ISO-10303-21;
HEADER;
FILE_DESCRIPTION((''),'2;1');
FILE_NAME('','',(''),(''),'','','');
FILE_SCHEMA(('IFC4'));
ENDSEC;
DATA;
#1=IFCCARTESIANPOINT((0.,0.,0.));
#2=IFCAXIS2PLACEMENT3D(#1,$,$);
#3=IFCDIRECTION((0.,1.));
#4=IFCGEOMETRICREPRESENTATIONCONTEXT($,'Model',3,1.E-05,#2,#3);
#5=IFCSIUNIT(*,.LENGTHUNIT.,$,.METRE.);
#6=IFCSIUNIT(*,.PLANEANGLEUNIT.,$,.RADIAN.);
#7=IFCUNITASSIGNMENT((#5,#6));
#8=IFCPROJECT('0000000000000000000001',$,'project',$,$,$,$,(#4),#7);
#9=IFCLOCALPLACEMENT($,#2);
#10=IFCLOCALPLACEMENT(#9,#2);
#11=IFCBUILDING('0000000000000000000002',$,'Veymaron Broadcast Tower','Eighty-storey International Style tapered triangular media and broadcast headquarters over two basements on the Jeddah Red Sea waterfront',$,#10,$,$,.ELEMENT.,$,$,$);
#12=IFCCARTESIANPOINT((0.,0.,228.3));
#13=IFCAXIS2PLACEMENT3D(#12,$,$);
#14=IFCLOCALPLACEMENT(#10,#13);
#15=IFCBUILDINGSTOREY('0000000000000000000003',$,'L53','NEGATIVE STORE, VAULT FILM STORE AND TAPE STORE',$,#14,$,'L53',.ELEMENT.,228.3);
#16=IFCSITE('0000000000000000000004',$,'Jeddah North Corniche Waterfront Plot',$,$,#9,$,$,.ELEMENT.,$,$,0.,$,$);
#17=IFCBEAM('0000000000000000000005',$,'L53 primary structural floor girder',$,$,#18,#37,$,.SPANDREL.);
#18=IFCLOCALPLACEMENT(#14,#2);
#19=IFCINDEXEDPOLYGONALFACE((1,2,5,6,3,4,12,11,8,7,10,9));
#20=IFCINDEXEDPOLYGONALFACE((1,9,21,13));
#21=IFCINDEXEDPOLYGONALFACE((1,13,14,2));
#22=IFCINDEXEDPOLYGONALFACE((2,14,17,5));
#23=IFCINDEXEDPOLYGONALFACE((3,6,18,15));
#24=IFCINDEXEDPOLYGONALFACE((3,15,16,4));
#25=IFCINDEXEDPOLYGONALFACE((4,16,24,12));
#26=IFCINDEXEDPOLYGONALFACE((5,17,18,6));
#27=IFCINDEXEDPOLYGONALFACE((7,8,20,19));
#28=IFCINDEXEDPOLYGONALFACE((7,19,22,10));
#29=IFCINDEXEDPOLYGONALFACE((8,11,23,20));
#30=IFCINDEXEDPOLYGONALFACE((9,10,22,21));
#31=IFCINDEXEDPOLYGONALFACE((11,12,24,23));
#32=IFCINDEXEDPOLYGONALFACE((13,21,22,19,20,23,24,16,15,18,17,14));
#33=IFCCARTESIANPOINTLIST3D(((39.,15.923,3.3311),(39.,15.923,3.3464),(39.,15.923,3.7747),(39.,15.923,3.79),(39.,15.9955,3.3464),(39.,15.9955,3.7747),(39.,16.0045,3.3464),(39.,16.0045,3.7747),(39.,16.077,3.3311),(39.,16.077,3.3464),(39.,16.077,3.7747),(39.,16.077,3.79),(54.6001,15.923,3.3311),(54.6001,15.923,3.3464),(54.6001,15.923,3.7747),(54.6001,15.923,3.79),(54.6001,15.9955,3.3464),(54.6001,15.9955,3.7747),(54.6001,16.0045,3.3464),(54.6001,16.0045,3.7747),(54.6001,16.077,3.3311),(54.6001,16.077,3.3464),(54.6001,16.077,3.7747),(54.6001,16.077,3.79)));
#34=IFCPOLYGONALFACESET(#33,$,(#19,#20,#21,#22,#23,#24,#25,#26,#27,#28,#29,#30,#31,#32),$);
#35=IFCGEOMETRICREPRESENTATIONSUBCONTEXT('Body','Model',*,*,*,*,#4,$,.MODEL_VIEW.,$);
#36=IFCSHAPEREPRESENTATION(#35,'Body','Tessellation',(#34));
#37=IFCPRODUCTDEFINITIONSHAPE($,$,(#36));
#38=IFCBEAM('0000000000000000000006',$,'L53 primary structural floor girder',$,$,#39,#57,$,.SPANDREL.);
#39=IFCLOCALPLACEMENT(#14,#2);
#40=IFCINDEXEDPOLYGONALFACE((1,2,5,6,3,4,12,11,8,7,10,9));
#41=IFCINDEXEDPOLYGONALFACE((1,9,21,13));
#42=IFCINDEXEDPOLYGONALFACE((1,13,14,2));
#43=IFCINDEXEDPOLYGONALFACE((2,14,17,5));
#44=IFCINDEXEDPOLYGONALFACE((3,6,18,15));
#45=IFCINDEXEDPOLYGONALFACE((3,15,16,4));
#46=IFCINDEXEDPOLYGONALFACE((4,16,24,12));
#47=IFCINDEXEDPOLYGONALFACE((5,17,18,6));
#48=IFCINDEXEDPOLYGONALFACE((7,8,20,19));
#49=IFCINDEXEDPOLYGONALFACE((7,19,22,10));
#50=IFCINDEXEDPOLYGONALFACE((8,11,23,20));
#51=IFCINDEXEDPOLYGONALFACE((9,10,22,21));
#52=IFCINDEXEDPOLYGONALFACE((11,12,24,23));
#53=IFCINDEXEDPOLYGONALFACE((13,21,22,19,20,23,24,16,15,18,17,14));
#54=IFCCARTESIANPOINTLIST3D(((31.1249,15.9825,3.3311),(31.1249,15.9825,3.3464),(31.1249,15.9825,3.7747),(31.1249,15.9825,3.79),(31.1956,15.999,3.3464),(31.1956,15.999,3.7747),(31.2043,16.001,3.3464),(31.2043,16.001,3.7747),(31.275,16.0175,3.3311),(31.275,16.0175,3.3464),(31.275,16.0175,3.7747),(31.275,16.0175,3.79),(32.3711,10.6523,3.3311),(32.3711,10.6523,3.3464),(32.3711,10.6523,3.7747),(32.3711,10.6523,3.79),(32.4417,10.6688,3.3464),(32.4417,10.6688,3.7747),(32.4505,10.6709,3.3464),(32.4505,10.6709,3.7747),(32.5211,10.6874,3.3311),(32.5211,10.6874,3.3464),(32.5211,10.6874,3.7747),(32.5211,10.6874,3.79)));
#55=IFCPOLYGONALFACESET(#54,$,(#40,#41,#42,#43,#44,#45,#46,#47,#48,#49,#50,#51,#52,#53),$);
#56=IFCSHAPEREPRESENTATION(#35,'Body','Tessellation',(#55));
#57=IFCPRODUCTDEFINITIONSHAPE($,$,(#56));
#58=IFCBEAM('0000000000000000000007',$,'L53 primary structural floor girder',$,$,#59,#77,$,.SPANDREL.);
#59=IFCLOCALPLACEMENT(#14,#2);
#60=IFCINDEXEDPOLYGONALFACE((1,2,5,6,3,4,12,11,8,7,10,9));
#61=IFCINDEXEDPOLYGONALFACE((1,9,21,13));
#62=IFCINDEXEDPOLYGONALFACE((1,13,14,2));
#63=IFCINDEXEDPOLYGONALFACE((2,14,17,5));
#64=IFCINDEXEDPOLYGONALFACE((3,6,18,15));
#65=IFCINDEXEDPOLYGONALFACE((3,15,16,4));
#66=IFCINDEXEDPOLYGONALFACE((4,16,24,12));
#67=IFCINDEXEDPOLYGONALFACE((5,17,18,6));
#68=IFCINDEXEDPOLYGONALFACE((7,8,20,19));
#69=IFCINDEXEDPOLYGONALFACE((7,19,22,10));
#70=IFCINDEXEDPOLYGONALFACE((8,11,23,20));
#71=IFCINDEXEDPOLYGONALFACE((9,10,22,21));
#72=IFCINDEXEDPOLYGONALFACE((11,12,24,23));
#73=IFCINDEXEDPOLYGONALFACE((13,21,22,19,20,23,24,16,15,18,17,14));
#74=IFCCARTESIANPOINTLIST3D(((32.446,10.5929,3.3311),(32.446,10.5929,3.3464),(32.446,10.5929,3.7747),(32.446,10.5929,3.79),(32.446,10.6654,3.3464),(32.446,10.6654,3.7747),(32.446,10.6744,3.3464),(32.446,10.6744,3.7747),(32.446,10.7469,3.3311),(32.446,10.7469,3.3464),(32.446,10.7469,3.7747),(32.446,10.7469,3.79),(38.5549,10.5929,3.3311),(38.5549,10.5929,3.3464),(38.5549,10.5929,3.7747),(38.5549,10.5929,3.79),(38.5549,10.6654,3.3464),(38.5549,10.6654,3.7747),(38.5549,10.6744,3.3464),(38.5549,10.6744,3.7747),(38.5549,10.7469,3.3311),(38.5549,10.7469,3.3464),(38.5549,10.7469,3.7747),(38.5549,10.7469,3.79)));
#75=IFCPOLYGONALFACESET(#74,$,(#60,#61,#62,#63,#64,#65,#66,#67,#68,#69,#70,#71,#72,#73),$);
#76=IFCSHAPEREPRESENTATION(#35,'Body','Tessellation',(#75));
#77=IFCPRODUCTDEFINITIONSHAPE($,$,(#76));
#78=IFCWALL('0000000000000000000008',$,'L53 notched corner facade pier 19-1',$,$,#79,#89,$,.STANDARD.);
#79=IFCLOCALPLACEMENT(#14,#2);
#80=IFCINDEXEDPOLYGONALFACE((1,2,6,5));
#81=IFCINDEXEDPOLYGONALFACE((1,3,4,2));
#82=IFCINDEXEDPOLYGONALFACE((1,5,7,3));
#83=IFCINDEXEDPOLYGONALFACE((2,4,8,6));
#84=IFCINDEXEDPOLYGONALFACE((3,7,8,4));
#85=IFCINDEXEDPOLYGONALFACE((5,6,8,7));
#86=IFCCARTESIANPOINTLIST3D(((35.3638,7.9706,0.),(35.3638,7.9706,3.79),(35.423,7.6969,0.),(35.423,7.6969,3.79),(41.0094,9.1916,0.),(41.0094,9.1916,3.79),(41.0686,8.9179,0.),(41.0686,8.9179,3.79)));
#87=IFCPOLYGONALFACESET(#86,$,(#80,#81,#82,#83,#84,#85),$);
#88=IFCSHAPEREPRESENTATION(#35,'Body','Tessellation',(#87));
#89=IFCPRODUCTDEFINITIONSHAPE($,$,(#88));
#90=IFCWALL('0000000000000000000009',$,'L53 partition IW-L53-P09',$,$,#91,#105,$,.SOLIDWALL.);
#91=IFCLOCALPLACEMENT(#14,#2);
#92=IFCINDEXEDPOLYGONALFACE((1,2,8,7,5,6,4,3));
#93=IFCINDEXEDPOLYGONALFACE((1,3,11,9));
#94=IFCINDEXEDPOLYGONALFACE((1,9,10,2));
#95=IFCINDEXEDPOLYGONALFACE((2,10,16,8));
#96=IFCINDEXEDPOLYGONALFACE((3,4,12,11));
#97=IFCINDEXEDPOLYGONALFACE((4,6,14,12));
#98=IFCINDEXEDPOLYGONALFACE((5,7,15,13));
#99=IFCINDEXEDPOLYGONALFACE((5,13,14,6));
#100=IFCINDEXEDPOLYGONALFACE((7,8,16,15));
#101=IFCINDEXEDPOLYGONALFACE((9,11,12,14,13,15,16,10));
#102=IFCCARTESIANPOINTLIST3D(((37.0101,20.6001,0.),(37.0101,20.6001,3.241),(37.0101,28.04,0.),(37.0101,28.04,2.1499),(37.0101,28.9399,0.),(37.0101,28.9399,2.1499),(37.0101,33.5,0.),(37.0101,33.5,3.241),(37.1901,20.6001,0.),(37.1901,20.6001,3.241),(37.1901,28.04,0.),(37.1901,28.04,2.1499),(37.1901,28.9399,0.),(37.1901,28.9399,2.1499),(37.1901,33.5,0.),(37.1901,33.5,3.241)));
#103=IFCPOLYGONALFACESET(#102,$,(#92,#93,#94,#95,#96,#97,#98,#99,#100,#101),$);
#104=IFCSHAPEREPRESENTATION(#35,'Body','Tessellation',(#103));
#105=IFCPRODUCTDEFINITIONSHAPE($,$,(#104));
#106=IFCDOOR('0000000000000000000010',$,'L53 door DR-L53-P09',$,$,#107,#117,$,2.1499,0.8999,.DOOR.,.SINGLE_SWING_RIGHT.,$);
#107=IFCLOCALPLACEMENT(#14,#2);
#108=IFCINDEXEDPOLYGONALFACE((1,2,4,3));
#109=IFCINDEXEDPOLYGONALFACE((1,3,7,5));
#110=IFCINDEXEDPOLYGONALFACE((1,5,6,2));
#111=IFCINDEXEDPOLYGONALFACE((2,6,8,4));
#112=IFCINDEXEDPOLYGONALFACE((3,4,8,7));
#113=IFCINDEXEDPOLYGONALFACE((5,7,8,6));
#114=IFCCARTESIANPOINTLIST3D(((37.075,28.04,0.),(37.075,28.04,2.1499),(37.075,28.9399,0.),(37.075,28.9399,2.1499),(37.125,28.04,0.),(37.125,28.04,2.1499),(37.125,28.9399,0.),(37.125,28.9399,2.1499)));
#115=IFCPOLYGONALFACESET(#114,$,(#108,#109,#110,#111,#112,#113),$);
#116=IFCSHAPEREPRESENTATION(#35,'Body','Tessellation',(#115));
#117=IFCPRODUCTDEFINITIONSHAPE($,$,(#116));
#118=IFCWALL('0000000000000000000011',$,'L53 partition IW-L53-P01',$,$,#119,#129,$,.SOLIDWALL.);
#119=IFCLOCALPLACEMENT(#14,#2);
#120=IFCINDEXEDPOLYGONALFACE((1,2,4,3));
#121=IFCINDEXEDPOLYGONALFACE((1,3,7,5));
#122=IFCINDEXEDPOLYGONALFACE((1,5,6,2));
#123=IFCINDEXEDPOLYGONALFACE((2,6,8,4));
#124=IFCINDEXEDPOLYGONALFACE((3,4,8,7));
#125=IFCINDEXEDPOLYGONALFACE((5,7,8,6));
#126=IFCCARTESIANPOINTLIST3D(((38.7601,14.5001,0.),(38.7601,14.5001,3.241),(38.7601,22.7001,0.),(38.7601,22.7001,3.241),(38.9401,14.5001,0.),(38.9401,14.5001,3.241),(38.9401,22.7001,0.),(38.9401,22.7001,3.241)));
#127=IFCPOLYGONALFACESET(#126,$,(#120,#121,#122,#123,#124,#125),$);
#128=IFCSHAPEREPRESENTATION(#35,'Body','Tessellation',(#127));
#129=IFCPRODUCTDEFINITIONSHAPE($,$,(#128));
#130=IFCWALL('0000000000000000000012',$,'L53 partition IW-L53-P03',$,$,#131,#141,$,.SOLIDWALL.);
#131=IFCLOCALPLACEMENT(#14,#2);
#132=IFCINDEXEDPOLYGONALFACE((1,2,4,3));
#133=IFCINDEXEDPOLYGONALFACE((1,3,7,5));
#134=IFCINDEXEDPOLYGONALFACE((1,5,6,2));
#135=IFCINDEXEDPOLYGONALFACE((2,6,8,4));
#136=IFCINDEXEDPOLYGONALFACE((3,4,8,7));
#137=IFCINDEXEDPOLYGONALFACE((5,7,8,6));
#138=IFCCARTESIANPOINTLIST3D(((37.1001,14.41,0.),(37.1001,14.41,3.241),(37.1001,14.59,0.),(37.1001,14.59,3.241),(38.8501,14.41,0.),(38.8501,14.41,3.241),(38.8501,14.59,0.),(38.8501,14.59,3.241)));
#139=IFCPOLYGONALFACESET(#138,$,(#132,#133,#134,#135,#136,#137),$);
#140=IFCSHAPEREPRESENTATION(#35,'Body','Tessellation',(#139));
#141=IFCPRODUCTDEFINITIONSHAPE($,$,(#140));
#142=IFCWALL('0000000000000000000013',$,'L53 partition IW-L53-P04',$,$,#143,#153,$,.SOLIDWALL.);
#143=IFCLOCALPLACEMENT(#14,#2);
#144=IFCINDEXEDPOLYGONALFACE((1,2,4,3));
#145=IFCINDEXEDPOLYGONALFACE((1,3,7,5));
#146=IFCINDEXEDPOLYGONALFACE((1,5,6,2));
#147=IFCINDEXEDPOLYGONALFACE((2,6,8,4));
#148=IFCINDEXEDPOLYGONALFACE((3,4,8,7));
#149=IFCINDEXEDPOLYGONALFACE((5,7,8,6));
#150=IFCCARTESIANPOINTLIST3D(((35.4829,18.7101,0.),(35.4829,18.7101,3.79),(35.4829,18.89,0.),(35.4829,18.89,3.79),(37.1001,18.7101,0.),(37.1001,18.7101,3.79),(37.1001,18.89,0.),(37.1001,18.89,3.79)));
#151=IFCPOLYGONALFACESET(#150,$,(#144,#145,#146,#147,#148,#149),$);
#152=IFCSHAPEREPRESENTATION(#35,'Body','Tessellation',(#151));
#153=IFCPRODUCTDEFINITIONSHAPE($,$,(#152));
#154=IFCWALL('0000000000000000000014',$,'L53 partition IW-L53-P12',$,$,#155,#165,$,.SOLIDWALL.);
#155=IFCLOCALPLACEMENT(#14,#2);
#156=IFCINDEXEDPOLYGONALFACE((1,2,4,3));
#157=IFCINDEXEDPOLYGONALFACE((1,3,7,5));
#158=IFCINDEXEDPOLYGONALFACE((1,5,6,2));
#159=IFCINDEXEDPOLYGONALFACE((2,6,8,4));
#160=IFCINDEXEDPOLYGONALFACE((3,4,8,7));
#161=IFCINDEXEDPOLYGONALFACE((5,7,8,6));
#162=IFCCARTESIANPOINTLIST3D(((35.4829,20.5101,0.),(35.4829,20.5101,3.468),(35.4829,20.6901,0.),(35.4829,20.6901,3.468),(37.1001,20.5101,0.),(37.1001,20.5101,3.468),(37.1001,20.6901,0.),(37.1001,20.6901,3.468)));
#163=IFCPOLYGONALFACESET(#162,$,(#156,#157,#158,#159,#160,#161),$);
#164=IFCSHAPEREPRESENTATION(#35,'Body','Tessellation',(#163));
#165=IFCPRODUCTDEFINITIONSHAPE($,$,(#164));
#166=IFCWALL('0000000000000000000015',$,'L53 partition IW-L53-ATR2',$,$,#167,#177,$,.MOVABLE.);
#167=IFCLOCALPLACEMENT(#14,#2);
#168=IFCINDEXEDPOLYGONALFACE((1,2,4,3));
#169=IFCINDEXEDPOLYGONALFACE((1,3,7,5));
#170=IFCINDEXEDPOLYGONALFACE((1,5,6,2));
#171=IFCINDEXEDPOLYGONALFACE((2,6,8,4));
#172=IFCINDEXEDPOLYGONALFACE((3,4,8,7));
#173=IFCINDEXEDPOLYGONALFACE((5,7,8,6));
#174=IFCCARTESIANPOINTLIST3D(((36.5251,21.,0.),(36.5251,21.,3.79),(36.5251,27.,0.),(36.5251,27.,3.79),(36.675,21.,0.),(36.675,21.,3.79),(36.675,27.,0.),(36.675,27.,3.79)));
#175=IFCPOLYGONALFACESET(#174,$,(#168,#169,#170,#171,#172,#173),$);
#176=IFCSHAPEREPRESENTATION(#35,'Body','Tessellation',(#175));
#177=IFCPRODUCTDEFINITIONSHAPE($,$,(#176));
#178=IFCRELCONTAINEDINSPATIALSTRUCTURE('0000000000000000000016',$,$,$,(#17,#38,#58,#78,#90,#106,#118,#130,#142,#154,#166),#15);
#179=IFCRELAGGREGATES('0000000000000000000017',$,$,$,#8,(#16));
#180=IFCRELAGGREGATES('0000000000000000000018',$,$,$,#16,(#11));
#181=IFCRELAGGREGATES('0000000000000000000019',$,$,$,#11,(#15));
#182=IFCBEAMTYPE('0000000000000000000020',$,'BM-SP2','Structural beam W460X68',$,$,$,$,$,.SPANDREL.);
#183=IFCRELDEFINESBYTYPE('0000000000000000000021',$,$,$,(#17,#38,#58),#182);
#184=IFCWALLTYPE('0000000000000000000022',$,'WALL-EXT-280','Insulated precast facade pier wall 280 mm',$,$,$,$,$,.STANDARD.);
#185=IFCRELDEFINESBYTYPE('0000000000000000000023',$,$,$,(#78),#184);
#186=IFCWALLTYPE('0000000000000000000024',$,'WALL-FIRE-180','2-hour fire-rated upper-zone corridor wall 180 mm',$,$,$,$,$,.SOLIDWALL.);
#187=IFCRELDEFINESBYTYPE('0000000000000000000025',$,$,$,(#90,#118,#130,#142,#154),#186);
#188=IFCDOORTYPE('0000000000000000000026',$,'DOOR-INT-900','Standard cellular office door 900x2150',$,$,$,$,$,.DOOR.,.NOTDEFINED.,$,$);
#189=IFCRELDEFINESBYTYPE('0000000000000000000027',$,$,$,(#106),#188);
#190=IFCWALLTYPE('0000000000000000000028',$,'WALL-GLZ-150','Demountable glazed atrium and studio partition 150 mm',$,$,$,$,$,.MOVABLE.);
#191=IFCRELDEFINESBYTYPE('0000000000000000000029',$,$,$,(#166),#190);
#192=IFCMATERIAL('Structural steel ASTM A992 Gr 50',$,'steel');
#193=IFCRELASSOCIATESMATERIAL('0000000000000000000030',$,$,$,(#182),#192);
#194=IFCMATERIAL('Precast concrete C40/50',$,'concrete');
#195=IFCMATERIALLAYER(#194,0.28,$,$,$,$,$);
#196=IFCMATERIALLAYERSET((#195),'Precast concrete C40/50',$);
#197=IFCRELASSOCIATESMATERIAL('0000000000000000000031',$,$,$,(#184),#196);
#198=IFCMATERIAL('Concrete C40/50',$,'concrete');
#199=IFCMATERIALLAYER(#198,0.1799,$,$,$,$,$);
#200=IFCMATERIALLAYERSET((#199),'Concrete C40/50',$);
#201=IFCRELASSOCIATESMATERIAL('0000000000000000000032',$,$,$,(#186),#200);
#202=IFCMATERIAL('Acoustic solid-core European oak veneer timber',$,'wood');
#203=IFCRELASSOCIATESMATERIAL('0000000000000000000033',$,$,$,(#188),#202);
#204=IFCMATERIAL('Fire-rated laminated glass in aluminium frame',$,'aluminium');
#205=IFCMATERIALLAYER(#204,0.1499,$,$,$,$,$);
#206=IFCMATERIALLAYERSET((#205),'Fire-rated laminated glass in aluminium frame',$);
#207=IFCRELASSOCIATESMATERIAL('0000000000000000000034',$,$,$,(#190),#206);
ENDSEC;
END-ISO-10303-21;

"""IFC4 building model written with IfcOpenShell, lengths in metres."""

from ifc_helpers import new_model, si_unit, direction, frame, frame_2d, origin, origin_2d, place, context, subcontext, project, spatial, rectangle, i_section, extrude, material, layer, layer_set, material_profile, profile_set, type_object, element, fill, save


model = new_model("IFC4")

# Units and contexts
model_context = context("Model", 3, precision=1e-05, world=origin(), true_north=direction((0.0, 1.0)))
body_context = subcontext(model_context, "Body", "Model", "MODEL_VIEW")
ifc_project = project(units=[si_unit("LENGTHUNIT", "METRE"), si_unit("PLANEANGLEUNIT", "RADIAN")], contexts=[model_context])

# Site, building, storey
site_placement = place(None, origin())
site = spatial("IfcSite", under=ifc_project, at=site_placement, Name="Jeddah North Corniche Waterfront Plot", CompositionType="ELEMENT", RefElevation=0.0)
building_placement = place(site_placement, origin())
building = spatial("IfcBuilding", under=site, at=building_placement, Name="Veymaron Broadcast Tower", Description="Eighty-storey International Style tapered triangular media and broadcast headquarters over two basements on the Jeddah Red Sea waterfront", CompositionType="ELEMENT")
storey_placement = place(building_placement, frame((0.0, 0.0, 228.3)))
storey = spatial("IfcBuildingStorey", under=building, at=storey_placement, Name="L53", Description="NEGATIVE STORE, VAULT FILM STORE AND TAPE STORE", LongName="L53", CompositionType="ELEMENT", Elevation=228.3)

# Shared definitions
ifc_material_1 = material(Name="Structural steel ASTM A992 Gr 50", Category="steel")

# Beams
ifc_material_profile_1 = material_profile(ifc_material_1, i_section(OverallWidth=0.1541, OverallDepth=0.459, WebThickness=0.009, FlangeThickness=0.0154, at=origin_2d()), Name="W460X68")
ifc_profile_set_1 = profile_set([ifc_material_profile_1], Name="Structural steel ASTM A992 Gr 50")
beam_type_1 = type_object("IfcBeamType", Name="BM-SP2", Description="Structural beam W460X68", PredefinedType="SPANDREL", material=ifc_profile_set_1)
beam_1_placement = place(storey_placement, frame((39.0, 16.0, 3.5605), z_axis=(1.0, 0.0, 0.0), x_axis=(0.0, 1.0, 0.0)))
element("IfcBeam", 1, at=beam_1_placement, inside=storey, type_object=beam_type_1, Name="L53 primary structural floor girder", PredefinedType="SPANDREL", context=body_context, shape_type="SweptSolid", body=[
    extrude(i_section(OverallWidth=0.1541, OverallDepth=0.459, WebThickness=0.009, FlangeThickness=0.0154, at=origin_2d()), origin(), (0.0, 0.0, 1.0), 15.6001),
])
beam_2_placement = place(storey_placement, frame((31.2, 16.0, 3.5605), z_axis=(0.227647, -0.973744, 0.0), x_axis=(0.973744, 0.227647, 0.0)))
element("IfcBeam", 2, at=beam_2_placement, inside=storey, type_object=beam_type_1, Name="L53 primary structural floor girder", PredefinedType="SPANDREL", context=body_context, shape_type="SweptSolid", body=[
    extrude(i_section(OverallWidth=0.1541, OverallDepth=0.459, WebThickness=0.009, FlangeThickness=0.0154, at=origin_2d()), origin(), (0.0, 0.0, 1.0), 5.4739),
])
beam_3_placement = place(storey_placement, frame((32.446, 10.6699, 3.5605), z_axis=(1.0, 0.0, 0.0), x_axis=(0.0, 1.0, 0.0)))
element("IfcBeam", 3, at=beam_3_placement, inside=storey, type_object=beam_type_1, Name="L53 primary structural floor girder", PredefinedType="SPANDREL", context=body_context, shape_type="SweptSolid", body=[
    extrude(i_section(OverallWidth=0.1541, OverallDepth=0.459, WebThickness=0.009, FlangeThickness=0.0154, at=origin_2d()), origin(), (0.0, 0.0, 1.0), 6.1089),
])

# Wall
ifc_material_2 = material(Name="Precast concrete C40/50", Category="concrete")
ifc_layer_1 = layer(ifc_material_2, 0.28)
ifc_layer_set_1 = layer_set([ifc_layer_1], Name="Precast concrete C40/50")
wall_type_1 = type_object("IfcWallType", Name="WALL-EXT-280", Description="Insulated precast facade pier wall 280 mm", PredefinedType="STANDARD", material=ifc_layer_set_1)
wall_1_placement = place(storey_placement, frame((35.3933, 7.8337, 0.0), z_axis=(0.0, 0.0, 1.0), x_axis=(0.977404, 0.211382, 0.0)))
element("IfcWall", 4, at=wall_1_placement, inside=storey, type_object=wall_type_1, Name="L53 notched corner facade pier 19-1", PredefinedType="STANDARD", context=body_context, shape_type="SweptSolid", body=[
    extrude(rectangle(XDim=5.7761, YDim=0.28, at=frame_2d((2.8882, 0.0))), origin(), (0.0, 0.0, 1.0), 3.79),
])

# Wall, opening, door
ifc_material_3 = material(Name="Concrete C40/50", Category="concrete")
ifc_layer_2 = layer(ifc_material_3, 0.1799)
ifc_layer_set_2 = layer_set([ifc_layer_2], Name="Concrete C40/50")
wall_type_2 = type_object("IfcWallType", Name="WALL-FIRE-180", Description="2-hour fire-rated upper-zone corridor wall 180 mm", PredefinedType="SOLIDWALL", material=ifc_layer_set_2)
ifc_material_4 = material(Name="Acoustic solid-core European oak veneer timber", Category="wood")
door_type = type_object("IfcDoorType", Name="DOOR-INT-900", Description="Standard cellular office door 900x2150", OperationType="NOTDEFINED", PredefinedType="DOOR", material=ifc_material_4)
wall_2_placement = place(storey_placement, frame((37.1001, 20.6001, 0.0), z_axis=(0.0, 0.0, 1.0), x_axis=(0.0, 1.0, 0.0)))
wall_2 = element("IfcWall", 5, at=wall_2_placement, inside=storey, type_object=wall_type_2, Name="L53 partition IW-L53-P09", PredefinedType="SOLIDWALL", context=body_context, shape_type="SweptSolid", body=[
    extrude(rectangle(XDim=12.8999, YDim=0.1799, at=frame_2d((6.45, 0.0))), origin(), (0.0, 0.0, 1.0), 3.241),
])
opening_1_placement = place(wall_2_placement, frame((7.4399, 0.0, 0.0)))
opening_1 = element("IfcOpeningElement", 6, at=opening_1_placement, cuts=wall_2, PredefinedType="OPENING", context=body_context, shape_type="SweptSolid", body=[
    extrude(rectangle(XDim=0.8999, YDim=2.1499, at=frame_2d((0.45, 1.075))), frame((0.0, 0.1001, 0.0), z_axis=(0.0, -1.0, 0.0), x_axis=(1.0, 0.0, 0.0)), (0.0, 0.0, 1.0), 0.2),
])
door_1_placement = place(opening_1_placement, frame((0.8999, 0.0, 0.0), z_axis=(0.0, 0.0, 1.0), x_axis=(-1.0, 0.0, 0.0)))
door_1 = element("IfcDoor", 7, at=door_1_placement, inside=storey, type_object=door_type, Name="L53 door DR-L53-P09", OperationType="SINGLE_SWING_RIGHT", OverallHeight=2.1499, OverallWidth=0.8999, PredefinedType="DOOR", context=body_context, shape_type="SweptSolid", body=[
    extrude(rectangle(XDim=0.8999, YDim=2.1499, at=frame_2d((0.45, 1.075))), frame((0.0, 0.0249, 0.0), z_axis=(0.0, -1.0, 0.0), x_axis=(1.0, 0.0, 0.0)), (0.0, 0.0, 1.0), 0.05),
])
fill(opening_1, door_1)

# Walls
wall_3_placement = place(storey_placement, frame((38.8501, 14.5, 0.0), z_axis=(0.0, 0.0, 1.0), x_axis=(0.0, 1.0, 0.0)))
element("IfcWall", 8, at=wall_3_placement, inside=storey, type_object=wall_type_2, Name="L53 partition IW-L53-P01", PredefinedType="SOLIDWALL", context=body_context, shape_type="SweptSolid", body=[
    extrude(rectangle(XDim=8.2, YDim=0.1799, at=frame_2d((4.1001, 0.0))), origin(), (0.0, 0.0, 1.0), 3.241),
])
wall_4_placement = place(storey_placement, frame((37.1001, 14.5, 0.0), z_axis=(0.0, 0.0, 1.0), x_axis=(1.0, 0.0, 0.0)))
element("IfcWall", 9, at=wall_4_placement, inside=storey, type_object=wall_type_2, Name="L53 partition IW-L53-P03", PredefinedType="SOLIDWALL", context=body_context, shape_type="SweptSolid", body=[
    extrude(rectangle(XDim=1.75, YDim=0.1799, at=frame_2d((0.875, 0.0))), origin(), (0.0, 0.0, 1.0), 3.241),
])
wall_5_placement = place(storey_placement, frame((35.4829, 18.8, 0.0), z_axis=(0.0, 0.0, 1.0), x_axis=(1.0, 0.0, 0.0)))
element("IfcWall", 10, at=wall_5_placement, inside=storey, type_object=wall_type_2, Name="L53 partition IW-L53-P04", PredefinedType="SOLIDWALL", context=body_context, shape_type="SweptSolid", body=[
    extrude(rectangle(XDim=1.6172, YDim=0.1799, at=frame_2d((0.8086, 0.0))), origin(), (0.0, 0.0, 1.0), 3.79),
])
wall_6_placement = place(storey_placement, frame((35.4829, 20.6001, 0.0), z_axis=(0.0, 0.0, 1.0), x_axis=(1.0, 0.0, 0.0)))
element("IfcWall", 11, at=wall_6_placement, inside=storey, type_object=wall_type_2, Name="L53 partition IW-L53-P12", PredefinedType="SOLIDWALL", context=body_context, shape_type="SweptSolid", body=[
    extrude(rectangle(XDim=1.6172, YDim=0.1799, at=frame_2d((0.8086, 0.0))), origin(), (0.0, 0.0, 1.0), 3.468),
])
ifc_material_5 = material(Name="Fire-rated laminated glass in aluminium frame", Category="aluminium")
ifc_layer_3 = layer(ifc_material_5, 0.1499)
ifc_layer_set_3 = layer_set([ifc_layer_3], Name="Fire-rated laminated glass in aluminium frame")
wall_type_3 = type_object("IfcWallType", Name="WALL-GLZ-150", Description="Demountable glazed atrium and studio partition 150 mm", PredefinedType="MOVABLE", material=ifc_layer_set_3)
wall_7_placement = place(storey_placement, frame((36.6001, 21.0, 0.0), z_axis=(0.0, 0.0, 1.0), x_axis=(0.0, 1.0, 0.0)))
element("IfcWall", 12, at=wall_7_placement, inside=storey, type_object=wall_type_3, Name="L53 partition IW-L53-ATR2", PredefinedType="MOVABLE", context=body_context, shape_type="SweptSolid", body=[
    extrude(rectangle(XDim=6.0, YDim=0.1499, at=frame_2d((3.0, 0.0))), origin(), (0.0, 0.0, 1.0), 3.79),
])

save(model, "model.ifc")
